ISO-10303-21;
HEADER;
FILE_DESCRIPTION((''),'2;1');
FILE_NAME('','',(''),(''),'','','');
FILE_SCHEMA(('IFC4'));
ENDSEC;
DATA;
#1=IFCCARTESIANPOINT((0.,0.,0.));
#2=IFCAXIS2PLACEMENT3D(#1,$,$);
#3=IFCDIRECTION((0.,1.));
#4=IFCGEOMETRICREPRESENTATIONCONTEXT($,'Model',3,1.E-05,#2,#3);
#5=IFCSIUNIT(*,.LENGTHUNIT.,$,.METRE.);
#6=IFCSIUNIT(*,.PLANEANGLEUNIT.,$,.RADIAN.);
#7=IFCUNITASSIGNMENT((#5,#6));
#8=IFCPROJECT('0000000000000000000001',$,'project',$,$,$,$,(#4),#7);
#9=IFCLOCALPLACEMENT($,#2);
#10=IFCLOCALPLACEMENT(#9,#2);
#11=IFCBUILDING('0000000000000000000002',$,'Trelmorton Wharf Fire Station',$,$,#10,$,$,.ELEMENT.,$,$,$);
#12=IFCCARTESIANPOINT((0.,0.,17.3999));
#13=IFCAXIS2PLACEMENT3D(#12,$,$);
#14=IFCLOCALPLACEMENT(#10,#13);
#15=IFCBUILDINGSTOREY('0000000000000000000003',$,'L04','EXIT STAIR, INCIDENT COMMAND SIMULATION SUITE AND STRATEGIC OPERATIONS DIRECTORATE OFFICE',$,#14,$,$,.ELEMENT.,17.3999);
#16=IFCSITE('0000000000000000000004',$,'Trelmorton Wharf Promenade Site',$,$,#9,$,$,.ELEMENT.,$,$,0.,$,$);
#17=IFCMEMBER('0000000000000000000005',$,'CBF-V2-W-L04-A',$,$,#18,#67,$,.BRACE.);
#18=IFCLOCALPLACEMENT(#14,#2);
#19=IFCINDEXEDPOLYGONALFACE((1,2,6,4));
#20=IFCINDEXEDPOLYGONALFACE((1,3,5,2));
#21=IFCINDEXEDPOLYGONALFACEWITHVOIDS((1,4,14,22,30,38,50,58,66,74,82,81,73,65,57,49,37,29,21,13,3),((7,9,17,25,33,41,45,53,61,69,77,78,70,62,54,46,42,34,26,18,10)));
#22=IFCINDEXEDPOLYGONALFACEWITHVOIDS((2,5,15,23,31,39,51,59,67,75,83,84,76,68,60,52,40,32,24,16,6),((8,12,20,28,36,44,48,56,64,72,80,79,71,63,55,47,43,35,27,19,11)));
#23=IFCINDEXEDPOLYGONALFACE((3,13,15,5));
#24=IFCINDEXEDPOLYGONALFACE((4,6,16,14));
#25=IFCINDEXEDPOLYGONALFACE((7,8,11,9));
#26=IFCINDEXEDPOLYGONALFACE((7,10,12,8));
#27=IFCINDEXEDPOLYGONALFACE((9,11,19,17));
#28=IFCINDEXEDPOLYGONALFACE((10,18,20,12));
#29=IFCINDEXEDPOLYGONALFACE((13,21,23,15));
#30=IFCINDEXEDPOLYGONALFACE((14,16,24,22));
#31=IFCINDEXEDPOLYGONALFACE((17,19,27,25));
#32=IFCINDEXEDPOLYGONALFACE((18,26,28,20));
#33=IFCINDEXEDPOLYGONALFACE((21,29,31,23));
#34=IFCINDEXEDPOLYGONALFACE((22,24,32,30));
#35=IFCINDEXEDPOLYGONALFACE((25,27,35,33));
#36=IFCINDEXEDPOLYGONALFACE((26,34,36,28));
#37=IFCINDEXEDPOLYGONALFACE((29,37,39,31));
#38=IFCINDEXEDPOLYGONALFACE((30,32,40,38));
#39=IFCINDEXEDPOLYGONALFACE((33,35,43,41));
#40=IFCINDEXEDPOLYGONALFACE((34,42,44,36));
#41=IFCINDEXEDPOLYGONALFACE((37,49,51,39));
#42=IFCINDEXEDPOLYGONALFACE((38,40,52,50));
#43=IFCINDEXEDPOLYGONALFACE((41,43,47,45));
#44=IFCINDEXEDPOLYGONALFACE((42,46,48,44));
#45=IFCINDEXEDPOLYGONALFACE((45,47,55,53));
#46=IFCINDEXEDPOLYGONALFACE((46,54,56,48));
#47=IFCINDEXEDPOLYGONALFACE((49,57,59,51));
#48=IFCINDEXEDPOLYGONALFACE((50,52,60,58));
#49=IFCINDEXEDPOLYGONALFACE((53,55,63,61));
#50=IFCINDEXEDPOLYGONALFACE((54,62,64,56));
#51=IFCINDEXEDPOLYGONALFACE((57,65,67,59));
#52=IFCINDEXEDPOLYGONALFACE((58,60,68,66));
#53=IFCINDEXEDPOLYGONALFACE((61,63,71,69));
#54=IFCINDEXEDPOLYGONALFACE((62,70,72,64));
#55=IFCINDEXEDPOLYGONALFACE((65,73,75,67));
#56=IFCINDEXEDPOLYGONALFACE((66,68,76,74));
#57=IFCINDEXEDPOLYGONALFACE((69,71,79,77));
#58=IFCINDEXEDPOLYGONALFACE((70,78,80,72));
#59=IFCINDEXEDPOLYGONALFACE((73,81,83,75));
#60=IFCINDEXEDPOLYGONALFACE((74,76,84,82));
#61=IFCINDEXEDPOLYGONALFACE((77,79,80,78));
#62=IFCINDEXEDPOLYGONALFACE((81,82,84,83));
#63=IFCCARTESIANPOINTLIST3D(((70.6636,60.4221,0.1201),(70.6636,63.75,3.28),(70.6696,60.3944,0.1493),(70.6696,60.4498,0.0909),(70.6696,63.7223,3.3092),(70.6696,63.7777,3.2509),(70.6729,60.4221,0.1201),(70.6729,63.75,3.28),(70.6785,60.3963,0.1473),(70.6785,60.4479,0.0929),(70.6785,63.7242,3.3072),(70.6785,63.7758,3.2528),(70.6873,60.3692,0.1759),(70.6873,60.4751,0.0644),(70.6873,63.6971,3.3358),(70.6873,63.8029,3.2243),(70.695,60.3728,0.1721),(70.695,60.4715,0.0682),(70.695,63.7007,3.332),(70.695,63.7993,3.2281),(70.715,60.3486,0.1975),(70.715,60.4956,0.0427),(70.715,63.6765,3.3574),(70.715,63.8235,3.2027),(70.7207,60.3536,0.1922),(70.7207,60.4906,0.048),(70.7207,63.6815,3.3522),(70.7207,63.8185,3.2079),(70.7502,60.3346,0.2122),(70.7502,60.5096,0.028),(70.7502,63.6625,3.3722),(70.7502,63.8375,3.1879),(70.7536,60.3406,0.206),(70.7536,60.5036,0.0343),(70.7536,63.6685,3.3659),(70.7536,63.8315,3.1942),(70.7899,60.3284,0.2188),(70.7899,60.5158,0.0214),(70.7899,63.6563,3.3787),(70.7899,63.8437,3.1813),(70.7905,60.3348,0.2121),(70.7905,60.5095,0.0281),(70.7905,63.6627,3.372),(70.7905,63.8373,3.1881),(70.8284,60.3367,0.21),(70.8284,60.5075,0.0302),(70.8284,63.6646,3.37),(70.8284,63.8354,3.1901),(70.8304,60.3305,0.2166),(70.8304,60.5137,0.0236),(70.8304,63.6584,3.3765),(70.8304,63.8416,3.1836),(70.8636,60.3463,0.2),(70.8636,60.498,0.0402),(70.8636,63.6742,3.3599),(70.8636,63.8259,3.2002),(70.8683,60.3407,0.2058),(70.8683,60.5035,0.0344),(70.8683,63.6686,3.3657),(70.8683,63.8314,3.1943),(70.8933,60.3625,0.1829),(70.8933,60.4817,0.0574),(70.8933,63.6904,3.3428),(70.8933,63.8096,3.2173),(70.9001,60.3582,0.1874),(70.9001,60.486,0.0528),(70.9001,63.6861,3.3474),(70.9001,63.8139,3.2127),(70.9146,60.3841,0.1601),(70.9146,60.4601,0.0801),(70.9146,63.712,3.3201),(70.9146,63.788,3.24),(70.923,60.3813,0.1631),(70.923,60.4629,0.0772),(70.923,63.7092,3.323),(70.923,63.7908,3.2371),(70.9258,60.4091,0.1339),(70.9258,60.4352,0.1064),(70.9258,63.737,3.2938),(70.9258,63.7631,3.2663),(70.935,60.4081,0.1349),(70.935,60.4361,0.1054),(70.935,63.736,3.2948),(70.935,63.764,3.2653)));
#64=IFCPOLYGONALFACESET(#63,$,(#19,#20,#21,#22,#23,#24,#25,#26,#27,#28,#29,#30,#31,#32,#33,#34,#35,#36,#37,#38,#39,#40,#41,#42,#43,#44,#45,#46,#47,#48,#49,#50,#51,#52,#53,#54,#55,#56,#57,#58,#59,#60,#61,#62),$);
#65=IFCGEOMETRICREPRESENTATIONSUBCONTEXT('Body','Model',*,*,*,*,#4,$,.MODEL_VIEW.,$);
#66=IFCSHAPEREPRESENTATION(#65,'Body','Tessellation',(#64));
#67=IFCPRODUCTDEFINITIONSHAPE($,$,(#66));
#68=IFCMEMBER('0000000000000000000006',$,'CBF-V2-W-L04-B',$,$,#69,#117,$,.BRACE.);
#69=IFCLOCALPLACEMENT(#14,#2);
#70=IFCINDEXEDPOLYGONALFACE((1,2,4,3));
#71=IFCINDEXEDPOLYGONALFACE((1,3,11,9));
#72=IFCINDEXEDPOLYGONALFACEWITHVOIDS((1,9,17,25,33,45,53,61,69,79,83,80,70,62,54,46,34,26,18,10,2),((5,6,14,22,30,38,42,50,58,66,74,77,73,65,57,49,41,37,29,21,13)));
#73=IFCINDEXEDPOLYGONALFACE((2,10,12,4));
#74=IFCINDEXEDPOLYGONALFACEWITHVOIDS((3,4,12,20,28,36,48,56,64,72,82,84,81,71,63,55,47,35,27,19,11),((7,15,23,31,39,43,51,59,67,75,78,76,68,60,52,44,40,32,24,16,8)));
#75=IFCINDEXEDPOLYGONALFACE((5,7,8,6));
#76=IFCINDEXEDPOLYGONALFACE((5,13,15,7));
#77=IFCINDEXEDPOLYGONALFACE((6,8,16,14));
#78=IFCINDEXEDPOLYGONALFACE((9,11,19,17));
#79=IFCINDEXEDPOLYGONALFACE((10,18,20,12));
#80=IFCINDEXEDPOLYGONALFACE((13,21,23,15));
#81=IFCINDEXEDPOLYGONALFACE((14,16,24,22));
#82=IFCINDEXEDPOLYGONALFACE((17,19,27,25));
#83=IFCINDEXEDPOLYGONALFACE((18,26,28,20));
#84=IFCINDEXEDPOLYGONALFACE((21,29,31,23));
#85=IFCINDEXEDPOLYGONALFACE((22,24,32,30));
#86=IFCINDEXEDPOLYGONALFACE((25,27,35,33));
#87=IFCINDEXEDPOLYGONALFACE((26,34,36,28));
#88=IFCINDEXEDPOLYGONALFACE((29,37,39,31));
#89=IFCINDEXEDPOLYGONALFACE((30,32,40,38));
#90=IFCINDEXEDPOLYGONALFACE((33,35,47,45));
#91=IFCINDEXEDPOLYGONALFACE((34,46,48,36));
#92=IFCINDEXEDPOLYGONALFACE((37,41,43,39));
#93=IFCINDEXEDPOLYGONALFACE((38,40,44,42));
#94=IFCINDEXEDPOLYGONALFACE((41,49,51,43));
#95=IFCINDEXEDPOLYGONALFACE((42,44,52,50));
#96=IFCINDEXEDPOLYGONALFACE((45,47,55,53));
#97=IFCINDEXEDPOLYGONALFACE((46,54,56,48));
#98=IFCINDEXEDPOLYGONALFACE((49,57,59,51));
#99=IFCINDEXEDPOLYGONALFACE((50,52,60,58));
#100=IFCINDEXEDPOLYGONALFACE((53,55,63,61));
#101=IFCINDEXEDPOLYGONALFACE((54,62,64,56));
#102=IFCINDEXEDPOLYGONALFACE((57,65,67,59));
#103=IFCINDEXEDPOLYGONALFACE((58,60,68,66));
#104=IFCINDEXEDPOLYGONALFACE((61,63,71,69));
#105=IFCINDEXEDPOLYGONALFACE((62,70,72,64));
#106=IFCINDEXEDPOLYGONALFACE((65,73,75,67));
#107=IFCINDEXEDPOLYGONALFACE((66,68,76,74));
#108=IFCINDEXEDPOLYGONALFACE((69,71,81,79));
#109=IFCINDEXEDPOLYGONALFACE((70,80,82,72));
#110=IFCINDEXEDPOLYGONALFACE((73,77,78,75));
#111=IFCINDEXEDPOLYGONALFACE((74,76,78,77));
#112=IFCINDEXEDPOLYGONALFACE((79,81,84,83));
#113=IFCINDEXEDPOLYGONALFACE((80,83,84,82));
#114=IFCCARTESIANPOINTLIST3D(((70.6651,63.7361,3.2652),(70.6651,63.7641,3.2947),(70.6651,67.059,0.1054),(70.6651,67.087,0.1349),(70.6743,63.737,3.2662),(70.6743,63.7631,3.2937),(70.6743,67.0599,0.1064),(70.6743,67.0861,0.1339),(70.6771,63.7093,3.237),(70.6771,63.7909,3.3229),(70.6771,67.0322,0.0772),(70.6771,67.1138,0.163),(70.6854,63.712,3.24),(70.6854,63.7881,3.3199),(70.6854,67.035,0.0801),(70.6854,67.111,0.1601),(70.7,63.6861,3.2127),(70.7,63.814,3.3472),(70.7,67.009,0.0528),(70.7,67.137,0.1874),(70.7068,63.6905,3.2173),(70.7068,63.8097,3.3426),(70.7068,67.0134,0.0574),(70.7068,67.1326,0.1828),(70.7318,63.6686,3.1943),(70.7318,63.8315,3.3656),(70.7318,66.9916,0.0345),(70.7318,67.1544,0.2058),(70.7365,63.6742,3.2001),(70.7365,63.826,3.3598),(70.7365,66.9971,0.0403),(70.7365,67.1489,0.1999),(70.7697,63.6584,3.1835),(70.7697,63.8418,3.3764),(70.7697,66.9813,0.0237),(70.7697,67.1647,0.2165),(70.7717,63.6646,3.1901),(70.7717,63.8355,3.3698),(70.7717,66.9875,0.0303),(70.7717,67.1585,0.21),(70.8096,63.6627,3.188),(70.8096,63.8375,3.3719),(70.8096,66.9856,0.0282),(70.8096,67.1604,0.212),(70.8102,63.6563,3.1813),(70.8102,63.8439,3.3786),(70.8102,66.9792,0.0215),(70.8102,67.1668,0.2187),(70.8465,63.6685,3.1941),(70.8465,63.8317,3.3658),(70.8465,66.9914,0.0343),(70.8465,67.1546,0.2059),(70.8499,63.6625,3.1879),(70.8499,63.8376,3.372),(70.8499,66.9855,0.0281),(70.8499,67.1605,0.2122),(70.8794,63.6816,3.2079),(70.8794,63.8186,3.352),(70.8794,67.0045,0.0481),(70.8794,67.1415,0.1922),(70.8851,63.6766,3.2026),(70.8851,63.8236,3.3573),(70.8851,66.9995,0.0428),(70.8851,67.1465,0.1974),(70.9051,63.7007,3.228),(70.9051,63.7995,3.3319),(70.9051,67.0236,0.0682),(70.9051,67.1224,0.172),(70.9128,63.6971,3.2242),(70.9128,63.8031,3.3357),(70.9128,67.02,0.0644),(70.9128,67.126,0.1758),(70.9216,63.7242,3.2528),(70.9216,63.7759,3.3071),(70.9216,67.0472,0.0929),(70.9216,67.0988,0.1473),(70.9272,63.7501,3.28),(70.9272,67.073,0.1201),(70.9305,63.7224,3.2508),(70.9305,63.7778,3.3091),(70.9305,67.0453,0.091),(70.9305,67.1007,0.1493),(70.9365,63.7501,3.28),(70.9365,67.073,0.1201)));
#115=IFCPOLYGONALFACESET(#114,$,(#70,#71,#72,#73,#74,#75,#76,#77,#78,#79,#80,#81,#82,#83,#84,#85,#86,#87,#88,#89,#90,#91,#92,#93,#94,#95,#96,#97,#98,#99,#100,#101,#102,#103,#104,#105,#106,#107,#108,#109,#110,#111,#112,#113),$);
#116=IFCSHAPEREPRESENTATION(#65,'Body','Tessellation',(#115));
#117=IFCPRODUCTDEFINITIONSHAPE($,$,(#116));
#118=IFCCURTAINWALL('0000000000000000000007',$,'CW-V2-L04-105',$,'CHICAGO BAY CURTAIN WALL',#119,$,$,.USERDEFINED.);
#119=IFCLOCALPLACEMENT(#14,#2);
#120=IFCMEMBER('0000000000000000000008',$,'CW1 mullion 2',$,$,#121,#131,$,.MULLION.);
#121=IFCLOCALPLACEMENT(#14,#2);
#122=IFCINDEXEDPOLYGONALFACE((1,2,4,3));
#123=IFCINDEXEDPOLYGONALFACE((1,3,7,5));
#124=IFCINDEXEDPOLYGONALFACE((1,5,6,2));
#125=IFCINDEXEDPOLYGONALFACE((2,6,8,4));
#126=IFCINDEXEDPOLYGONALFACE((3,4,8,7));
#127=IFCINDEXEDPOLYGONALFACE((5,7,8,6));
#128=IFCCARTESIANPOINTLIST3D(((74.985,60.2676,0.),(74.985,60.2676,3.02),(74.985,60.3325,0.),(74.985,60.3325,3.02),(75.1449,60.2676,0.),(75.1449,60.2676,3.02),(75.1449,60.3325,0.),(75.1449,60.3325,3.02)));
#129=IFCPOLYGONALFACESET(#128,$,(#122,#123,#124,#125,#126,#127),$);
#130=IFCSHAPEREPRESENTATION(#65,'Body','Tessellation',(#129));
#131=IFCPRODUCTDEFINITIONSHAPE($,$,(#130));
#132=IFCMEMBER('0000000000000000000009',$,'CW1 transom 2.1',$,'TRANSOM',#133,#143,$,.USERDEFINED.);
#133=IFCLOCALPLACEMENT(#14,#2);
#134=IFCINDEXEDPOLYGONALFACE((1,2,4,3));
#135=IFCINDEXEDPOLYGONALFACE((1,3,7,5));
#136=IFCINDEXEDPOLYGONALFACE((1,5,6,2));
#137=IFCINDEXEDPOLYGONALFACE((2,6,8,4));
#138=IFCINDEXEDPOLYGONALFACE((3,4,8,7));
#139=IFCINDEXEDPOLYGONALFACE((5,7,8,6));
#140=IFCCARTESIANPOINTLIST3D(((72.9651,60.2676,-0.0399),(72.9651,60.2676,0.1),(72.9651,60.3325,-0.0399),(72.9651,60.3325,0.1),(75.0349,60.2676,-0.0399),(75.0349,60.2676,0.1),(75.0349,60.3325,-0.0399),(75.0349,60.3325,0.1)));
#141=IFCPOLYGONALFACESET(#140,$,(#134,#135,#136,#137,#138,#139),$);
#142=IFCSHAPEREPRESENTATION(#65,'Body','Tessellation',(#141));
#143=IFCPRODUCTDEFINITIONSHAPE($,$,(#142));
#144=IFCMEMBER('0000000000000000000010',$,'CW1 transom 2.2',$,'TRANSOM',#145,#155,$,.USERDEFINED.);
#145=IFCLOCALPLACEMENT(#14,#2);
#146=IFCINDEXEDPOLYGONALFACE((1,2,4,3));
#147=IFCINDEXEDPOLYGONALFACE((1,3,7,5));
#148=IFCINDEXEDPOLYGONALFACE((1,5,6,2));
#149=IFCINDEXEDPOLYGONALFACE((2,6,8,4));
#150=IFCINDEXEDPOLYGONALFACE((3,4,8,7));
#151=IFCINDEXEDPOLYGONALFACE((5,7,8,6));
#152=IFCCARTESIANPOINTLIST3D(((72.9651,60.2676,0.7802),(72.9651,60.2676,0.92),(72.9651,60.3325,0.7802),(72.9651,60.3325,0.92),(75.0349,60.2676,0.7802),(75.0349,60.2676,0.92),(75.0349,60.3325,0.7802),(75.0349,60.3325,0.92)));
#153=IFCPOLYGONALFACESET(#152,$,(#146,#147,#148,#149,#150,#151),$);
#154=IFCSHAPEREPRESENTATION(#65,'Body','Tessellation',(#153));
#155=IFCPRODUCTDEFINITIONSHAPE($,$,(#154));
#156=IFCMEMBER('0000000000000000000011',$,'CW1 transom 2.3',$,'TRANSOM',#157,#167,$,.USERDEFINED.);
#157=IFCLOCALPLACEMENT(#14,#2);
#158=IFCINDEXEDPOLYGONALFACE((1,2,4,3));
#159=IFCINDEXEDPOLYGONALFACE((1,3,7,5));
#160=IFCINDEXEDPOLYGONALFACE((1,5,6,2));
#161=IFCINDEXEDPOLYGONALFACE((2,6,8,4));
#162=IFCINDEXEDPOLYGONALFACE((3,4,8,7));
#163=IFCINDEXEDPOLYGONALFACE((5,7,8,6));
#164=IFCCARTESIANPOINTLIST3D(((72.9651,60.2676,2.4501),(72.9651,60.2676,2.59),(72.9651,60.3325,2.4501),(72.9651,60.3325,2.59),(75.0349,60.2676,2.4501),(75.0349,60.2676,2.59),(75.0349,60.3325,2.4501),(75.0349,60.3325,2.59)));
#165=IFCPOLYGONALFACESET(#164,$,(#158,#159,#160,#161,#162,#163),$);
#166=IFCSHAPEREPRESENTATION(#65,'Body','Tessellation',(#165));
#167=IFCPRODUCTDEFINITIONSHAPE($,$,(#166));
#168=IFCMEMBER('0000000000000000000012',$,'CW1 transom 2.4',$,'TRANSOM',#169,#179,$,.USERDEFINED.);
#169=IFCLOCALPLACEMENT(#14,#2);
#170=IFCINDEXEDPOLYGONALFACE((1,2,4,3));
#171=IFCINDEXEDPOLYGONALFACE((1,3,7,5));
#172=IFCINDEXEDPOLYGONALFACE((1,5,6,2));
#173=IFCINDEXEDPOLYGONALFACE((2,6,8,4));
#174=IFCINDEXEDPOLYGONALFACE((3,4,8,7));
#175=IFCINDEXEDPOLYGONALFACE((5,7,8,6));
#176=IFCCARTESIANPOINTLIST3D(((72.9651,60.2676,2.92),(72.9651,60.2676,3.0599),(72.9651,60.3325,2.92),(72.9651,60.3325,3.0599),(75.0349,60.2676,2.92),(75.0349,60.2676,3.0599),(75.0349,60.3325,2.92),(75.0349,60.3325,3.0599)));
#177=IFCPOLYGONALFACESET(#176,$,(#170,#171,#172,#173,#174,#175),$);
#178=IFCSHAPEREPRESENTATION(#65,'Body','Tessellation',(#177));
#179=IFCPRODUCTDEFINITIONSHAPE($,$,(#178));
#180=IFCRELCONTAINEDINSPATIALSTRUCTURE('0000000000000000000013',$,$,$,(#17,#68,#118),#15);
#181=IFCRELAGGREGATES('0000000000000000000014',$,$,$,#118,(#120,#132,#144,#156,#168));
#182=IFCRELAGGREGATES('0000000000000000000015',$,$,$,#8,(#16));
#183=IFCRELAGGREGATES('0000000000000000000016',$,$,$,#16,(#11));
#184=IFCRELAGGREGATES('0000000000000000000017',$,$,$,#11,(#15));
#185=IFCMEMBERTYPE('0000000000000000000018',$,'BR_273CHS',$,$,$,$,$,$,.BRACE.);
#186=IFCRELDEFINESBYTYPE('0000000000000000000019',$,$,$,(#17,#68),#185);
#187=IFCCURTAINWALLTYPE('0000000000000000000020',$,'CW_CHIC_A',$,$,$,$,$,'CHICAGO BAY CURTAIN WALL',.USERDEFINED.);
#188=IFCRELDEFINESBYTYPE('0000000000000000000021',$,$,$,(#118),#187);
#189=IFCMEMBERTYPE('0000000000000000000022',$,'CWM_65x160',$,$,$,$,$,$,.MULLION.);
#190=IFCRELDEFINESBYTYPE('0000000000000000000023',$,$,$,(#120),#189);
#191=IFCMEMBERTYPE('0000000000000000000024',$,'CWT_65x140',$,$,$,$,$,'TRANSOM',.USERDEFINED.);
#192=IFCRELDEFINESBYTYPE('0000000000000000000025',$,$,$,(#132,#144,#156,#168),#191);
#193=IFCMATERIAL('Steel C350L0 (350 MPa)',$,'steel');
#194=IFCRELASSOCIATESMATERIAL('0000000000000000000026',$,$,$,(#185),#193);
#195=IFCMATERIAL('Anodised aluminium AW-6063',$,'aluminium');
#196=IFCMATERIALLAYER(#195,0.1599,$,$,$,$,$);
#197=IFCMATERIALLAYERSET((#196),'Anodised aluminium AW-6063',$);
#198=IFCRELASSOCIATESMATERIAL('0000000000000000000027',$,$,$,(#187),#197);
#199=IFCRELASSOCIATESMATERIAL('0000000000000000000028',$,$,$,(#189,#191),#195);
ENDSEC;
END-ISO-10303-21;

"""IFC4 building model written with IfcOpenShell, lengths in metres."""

from ifc_helpers import new_model, si_unit, direction, frame, origin, origin_2d, place, context, subcontext, project, spatial, rectangle, hollow_circle, extrude, material, layer, layer_set, material_profile, profile_set, type_object, element, aggregate, save


model = new_model("IFC4")

# Units and contexts
model_context = context("Model", 3, precision=1e-05, world=origin(), true_north=direction((0.0, 1.0)))
body_context = subcontext(model_context, "Body", "Model", "MODEL_VIEW")
ifc_project = project(units=[si_unit("LENGTHUNIT", "METRE"), si_unit("PLANEANGLEUNIT", "RADIAN")], contexts=[model_context])

# Site, building, storey
site_placement = place(None, origin())
site = spatial("IfcSite", under=ifc_project, at=site_placement, Name="Trelmorton Wharf Promenade Site", CompositionType="ELEMENT", RefElevation=0.0)
building_placement = place(site_placement, origin())
building = spatial("IfcBuilding", under=site, at=building_placement, Name="Trelmorton Wharf Fire Station", CompositionType="ELEMENT")
storey_placement = place(building_placement, frame((0.0, 0.0, 17.3999)))
storey = spatial("IfcBuildingStorey", under=building, at=storey_placement, Name="L04", Description="EXIT STAIR, INCIDENT COMMAND SIMULATION SUITE AND STRATEGIC OPERATIONS DIRECTORATE OFFICE", CompositionType="ELEMENT", Elevation=17.3999)

# Members
ifc_material_1 = material(Name="Steel C350L0 (350 MPa)", Category="steel")
ifc_material_profile_1 = material_profile(ifc_material_1, hollow_circle(Radius=0.1365, WallThickness=0.0093, at=origin_2d()), Name="273.1x9.3CHS")
ifc_profile_set_1 = profile_set([ifc_material_profile_1], Name="Steel C350L0 (350 MPa)")
member_type_1 = type_object("IfcMemberType", Name="BR_273CHS", PredefinedType="BRACE", material=ifc_profile_set_1)
member_1_placement = place(storey_placement, frame((70.8, 60.4221, 0.1201), z_axis=(0.0, 0.725171, 0.688569), x_axis=(-1.0, 0.0, 0.0)))
element("IfcMember", 1, at=member_1_placement, inside=storey, type_object=member_type_1, Name="CBF-V2-W-L04-A", PredefinedType="BRACE", context=body_context, shape_type="SweptSolid", body=[
    extrude(hollow_circle(Radius=0.1365, WallThickness=0.0093, at=origin_2d()), origin(), (0.0, 0.0, 1.0), 4.5891),
])
member_2_placement = place(storey_placement, frame((70.8, 67.073, 0.1201), z_axis=(0.0, -0.724666, 0.689101), x_axis=(1.0, 0.0, 0.0)))
element("IfcMember", 2, at=member_2_placement, inside=storey, type_object=member_type_1, Name="CBF-V2-W-L04-B", PredefinedType="BRACE", context=body_context, shape_type="SweptSolid", body=[
    extrude(hollow_circle(Radius=0.1365, WallThickness=0.0093, at=origin_2d()), origin(), (0.0, 0.0, 1.0), 4.5854),
])

# Curtain wall, members
ifc_material_2 = material(Name="Anodised aluminium AW-6063", Category="aluminium")
ifc_layer_1 = layer(ifc_material_2, 0.1599)
ifc_layer_set_1 = layer_set([ifc_layer_1], Name="Anodised aluminium AW-6063")
curtain_wall_type = type_object("IfcCurtainWallType", Name="CW_CHIC_A", ElementType="CHICAGO BAY CURTAIN WALL", PredefinedType="USERDEFINED", material=ifc_layer_set_1)
curtain_wall_placement = place(storey_placement, origin())
curtain_wall = element("IfcCurtainWall", 3, at=curtain_wall_placement, inside=storey, type_object=curtain_wall_type, Name="CW-V2-L04-105", ObjectType="CHICAGO BAY CURTAIN WALL", PredefinedType="USERDEFINED")
ifc_material_profile_2 = material_profile(ifc_material_2, rectangle(XDim=0.0649, YDim=0.1599, at=origin_2d()), Name="ALU-65x160")
ifc_profile_set_2 = profile_set([ifc_material_profile_2], Name="Anodised aluminium AW-6063")
member_type_2 = type_object("IfcMemberType", Name="CWM_65x160", PredefinedType="MULLION", material=ifc_profile_set_2)
member_3_placement = place(storey_placement, frame((75.0649, 60.3, 0.0), z_axis=(0.0, 0.0, 1.0), x_axis=(0.0, -1.0, 0.0)))
member_3 = element("IfcMember", 4, at=member_3_placement, type_object=member_type_2, Name="CW1 mullion 2", PredefinedType="MULLION", context=body_context, shape_type="SweptSolid", body=[
    extrude(rectangle(XDim=0.0649, YDim=0.1599, at=origin_2d()), origin(), (0.0, 0.0, 1.0), 3.02),
])
ifc_material_profile_3 = material_profile(ifc_material_2, rectangle(XDim=0.0649, YDim=0.1399, at=origin_2d()), Name="ALU-65x140")
ifc_profile_set_3 = profile_set([ifc_material_profile_3], Name="Anodised aluminium AW-6063")
member_type_3 = type_object("IfcMemberType", Name="CWT_65x140", ElementType="TRANSOM", PredefinedType="USERDEFINED", material=ifc_profile_set_3)
member_4_placement = place(storey_placement, frame((75.0349, 60.3, 0.03), z_axis=(-1.0, 0.0, 0.0), x_axis=(0.0, -1.0, 0.0)))
member_4 = element("IfcMember", 5, at=member_4_placement, type_object=member_type_3, Name="CW1 transom 2.1", ObjectType="TRANSOM", PredefinedType="USERDEFINED", context=body_context, shape_type="SweptSolid", body=[
    extrude(rectangle(XDim=0.0649, YDim=0.1399, at=origin_2d()), origin(), (0.0, 0.0, 1.0), 2.0698),
])
member_5_placement = place(storey_placement, frame((75.0349, 60.3, 0.8501), z_axis=(-1.0, 0.0, 0.0), x_axis=(0.0, -1.0, 0.0)))
member_5 = element("IfcMember", 6, at=member_5_placement, type_object=member_type_3, Name="CW1 transom 2.2", ObjectType="TRANSOM", PredefinedType="USERDEFINED", context=body_context, shape_type="SweptSolid", body=[
    extrude(rectangle(XDim=0.0649, YDim=0.1399, at=origin_2d()), origin(), (0.0, 0.0, 1.0), 2.0698),
])
member_6_placement = place(storey_placement, frame((75.0349, 60.3, 2.52), z_axis=(-1.0, 0.0, 0.0), x_axis=(0.0, -1.0, 0.0)))
member_6 = element("IfcMember", 7, at=member_6_placement, type_object=member_type_3, Name="CW1 transom 2.3", ObjectType="TRANSOM", PredefinedType="USERDEFINED", context=body_context, shape_type="SweptSolid", body=[
    extrude(rectangle(XDim=0.0649, YDim=0.1399, at=origin_2d()), origin(), (0.0, 0.0, 1.0), 2.0698),
])
member_7_placement = place(storey_placement, frame((75.0349, 60.3, 2.99), z_axis=(-1.0, 0.0, 0.0), x_axis=(0.0, -1.0, 0.0)))
member_7 = element("IfcMember", 8, at=member_7_placement, type_object=member_type_3, Name="CW1 transom 2.4", ObjectType="TRANSOM", PredefinedType="USERDEFINED", context=body_context, shape_type="SweptSolid", body=[
    extrude(rectangle(XDim=0.0649, YDim=0.1399, at=origin_2d()), origin(), (0.0, 0.0, 1.0), 2.0698),
])

aggregate(curtain_wall, [member_3, member_4, member_5, member_6, member_7])

save(model, "model.ifc")
